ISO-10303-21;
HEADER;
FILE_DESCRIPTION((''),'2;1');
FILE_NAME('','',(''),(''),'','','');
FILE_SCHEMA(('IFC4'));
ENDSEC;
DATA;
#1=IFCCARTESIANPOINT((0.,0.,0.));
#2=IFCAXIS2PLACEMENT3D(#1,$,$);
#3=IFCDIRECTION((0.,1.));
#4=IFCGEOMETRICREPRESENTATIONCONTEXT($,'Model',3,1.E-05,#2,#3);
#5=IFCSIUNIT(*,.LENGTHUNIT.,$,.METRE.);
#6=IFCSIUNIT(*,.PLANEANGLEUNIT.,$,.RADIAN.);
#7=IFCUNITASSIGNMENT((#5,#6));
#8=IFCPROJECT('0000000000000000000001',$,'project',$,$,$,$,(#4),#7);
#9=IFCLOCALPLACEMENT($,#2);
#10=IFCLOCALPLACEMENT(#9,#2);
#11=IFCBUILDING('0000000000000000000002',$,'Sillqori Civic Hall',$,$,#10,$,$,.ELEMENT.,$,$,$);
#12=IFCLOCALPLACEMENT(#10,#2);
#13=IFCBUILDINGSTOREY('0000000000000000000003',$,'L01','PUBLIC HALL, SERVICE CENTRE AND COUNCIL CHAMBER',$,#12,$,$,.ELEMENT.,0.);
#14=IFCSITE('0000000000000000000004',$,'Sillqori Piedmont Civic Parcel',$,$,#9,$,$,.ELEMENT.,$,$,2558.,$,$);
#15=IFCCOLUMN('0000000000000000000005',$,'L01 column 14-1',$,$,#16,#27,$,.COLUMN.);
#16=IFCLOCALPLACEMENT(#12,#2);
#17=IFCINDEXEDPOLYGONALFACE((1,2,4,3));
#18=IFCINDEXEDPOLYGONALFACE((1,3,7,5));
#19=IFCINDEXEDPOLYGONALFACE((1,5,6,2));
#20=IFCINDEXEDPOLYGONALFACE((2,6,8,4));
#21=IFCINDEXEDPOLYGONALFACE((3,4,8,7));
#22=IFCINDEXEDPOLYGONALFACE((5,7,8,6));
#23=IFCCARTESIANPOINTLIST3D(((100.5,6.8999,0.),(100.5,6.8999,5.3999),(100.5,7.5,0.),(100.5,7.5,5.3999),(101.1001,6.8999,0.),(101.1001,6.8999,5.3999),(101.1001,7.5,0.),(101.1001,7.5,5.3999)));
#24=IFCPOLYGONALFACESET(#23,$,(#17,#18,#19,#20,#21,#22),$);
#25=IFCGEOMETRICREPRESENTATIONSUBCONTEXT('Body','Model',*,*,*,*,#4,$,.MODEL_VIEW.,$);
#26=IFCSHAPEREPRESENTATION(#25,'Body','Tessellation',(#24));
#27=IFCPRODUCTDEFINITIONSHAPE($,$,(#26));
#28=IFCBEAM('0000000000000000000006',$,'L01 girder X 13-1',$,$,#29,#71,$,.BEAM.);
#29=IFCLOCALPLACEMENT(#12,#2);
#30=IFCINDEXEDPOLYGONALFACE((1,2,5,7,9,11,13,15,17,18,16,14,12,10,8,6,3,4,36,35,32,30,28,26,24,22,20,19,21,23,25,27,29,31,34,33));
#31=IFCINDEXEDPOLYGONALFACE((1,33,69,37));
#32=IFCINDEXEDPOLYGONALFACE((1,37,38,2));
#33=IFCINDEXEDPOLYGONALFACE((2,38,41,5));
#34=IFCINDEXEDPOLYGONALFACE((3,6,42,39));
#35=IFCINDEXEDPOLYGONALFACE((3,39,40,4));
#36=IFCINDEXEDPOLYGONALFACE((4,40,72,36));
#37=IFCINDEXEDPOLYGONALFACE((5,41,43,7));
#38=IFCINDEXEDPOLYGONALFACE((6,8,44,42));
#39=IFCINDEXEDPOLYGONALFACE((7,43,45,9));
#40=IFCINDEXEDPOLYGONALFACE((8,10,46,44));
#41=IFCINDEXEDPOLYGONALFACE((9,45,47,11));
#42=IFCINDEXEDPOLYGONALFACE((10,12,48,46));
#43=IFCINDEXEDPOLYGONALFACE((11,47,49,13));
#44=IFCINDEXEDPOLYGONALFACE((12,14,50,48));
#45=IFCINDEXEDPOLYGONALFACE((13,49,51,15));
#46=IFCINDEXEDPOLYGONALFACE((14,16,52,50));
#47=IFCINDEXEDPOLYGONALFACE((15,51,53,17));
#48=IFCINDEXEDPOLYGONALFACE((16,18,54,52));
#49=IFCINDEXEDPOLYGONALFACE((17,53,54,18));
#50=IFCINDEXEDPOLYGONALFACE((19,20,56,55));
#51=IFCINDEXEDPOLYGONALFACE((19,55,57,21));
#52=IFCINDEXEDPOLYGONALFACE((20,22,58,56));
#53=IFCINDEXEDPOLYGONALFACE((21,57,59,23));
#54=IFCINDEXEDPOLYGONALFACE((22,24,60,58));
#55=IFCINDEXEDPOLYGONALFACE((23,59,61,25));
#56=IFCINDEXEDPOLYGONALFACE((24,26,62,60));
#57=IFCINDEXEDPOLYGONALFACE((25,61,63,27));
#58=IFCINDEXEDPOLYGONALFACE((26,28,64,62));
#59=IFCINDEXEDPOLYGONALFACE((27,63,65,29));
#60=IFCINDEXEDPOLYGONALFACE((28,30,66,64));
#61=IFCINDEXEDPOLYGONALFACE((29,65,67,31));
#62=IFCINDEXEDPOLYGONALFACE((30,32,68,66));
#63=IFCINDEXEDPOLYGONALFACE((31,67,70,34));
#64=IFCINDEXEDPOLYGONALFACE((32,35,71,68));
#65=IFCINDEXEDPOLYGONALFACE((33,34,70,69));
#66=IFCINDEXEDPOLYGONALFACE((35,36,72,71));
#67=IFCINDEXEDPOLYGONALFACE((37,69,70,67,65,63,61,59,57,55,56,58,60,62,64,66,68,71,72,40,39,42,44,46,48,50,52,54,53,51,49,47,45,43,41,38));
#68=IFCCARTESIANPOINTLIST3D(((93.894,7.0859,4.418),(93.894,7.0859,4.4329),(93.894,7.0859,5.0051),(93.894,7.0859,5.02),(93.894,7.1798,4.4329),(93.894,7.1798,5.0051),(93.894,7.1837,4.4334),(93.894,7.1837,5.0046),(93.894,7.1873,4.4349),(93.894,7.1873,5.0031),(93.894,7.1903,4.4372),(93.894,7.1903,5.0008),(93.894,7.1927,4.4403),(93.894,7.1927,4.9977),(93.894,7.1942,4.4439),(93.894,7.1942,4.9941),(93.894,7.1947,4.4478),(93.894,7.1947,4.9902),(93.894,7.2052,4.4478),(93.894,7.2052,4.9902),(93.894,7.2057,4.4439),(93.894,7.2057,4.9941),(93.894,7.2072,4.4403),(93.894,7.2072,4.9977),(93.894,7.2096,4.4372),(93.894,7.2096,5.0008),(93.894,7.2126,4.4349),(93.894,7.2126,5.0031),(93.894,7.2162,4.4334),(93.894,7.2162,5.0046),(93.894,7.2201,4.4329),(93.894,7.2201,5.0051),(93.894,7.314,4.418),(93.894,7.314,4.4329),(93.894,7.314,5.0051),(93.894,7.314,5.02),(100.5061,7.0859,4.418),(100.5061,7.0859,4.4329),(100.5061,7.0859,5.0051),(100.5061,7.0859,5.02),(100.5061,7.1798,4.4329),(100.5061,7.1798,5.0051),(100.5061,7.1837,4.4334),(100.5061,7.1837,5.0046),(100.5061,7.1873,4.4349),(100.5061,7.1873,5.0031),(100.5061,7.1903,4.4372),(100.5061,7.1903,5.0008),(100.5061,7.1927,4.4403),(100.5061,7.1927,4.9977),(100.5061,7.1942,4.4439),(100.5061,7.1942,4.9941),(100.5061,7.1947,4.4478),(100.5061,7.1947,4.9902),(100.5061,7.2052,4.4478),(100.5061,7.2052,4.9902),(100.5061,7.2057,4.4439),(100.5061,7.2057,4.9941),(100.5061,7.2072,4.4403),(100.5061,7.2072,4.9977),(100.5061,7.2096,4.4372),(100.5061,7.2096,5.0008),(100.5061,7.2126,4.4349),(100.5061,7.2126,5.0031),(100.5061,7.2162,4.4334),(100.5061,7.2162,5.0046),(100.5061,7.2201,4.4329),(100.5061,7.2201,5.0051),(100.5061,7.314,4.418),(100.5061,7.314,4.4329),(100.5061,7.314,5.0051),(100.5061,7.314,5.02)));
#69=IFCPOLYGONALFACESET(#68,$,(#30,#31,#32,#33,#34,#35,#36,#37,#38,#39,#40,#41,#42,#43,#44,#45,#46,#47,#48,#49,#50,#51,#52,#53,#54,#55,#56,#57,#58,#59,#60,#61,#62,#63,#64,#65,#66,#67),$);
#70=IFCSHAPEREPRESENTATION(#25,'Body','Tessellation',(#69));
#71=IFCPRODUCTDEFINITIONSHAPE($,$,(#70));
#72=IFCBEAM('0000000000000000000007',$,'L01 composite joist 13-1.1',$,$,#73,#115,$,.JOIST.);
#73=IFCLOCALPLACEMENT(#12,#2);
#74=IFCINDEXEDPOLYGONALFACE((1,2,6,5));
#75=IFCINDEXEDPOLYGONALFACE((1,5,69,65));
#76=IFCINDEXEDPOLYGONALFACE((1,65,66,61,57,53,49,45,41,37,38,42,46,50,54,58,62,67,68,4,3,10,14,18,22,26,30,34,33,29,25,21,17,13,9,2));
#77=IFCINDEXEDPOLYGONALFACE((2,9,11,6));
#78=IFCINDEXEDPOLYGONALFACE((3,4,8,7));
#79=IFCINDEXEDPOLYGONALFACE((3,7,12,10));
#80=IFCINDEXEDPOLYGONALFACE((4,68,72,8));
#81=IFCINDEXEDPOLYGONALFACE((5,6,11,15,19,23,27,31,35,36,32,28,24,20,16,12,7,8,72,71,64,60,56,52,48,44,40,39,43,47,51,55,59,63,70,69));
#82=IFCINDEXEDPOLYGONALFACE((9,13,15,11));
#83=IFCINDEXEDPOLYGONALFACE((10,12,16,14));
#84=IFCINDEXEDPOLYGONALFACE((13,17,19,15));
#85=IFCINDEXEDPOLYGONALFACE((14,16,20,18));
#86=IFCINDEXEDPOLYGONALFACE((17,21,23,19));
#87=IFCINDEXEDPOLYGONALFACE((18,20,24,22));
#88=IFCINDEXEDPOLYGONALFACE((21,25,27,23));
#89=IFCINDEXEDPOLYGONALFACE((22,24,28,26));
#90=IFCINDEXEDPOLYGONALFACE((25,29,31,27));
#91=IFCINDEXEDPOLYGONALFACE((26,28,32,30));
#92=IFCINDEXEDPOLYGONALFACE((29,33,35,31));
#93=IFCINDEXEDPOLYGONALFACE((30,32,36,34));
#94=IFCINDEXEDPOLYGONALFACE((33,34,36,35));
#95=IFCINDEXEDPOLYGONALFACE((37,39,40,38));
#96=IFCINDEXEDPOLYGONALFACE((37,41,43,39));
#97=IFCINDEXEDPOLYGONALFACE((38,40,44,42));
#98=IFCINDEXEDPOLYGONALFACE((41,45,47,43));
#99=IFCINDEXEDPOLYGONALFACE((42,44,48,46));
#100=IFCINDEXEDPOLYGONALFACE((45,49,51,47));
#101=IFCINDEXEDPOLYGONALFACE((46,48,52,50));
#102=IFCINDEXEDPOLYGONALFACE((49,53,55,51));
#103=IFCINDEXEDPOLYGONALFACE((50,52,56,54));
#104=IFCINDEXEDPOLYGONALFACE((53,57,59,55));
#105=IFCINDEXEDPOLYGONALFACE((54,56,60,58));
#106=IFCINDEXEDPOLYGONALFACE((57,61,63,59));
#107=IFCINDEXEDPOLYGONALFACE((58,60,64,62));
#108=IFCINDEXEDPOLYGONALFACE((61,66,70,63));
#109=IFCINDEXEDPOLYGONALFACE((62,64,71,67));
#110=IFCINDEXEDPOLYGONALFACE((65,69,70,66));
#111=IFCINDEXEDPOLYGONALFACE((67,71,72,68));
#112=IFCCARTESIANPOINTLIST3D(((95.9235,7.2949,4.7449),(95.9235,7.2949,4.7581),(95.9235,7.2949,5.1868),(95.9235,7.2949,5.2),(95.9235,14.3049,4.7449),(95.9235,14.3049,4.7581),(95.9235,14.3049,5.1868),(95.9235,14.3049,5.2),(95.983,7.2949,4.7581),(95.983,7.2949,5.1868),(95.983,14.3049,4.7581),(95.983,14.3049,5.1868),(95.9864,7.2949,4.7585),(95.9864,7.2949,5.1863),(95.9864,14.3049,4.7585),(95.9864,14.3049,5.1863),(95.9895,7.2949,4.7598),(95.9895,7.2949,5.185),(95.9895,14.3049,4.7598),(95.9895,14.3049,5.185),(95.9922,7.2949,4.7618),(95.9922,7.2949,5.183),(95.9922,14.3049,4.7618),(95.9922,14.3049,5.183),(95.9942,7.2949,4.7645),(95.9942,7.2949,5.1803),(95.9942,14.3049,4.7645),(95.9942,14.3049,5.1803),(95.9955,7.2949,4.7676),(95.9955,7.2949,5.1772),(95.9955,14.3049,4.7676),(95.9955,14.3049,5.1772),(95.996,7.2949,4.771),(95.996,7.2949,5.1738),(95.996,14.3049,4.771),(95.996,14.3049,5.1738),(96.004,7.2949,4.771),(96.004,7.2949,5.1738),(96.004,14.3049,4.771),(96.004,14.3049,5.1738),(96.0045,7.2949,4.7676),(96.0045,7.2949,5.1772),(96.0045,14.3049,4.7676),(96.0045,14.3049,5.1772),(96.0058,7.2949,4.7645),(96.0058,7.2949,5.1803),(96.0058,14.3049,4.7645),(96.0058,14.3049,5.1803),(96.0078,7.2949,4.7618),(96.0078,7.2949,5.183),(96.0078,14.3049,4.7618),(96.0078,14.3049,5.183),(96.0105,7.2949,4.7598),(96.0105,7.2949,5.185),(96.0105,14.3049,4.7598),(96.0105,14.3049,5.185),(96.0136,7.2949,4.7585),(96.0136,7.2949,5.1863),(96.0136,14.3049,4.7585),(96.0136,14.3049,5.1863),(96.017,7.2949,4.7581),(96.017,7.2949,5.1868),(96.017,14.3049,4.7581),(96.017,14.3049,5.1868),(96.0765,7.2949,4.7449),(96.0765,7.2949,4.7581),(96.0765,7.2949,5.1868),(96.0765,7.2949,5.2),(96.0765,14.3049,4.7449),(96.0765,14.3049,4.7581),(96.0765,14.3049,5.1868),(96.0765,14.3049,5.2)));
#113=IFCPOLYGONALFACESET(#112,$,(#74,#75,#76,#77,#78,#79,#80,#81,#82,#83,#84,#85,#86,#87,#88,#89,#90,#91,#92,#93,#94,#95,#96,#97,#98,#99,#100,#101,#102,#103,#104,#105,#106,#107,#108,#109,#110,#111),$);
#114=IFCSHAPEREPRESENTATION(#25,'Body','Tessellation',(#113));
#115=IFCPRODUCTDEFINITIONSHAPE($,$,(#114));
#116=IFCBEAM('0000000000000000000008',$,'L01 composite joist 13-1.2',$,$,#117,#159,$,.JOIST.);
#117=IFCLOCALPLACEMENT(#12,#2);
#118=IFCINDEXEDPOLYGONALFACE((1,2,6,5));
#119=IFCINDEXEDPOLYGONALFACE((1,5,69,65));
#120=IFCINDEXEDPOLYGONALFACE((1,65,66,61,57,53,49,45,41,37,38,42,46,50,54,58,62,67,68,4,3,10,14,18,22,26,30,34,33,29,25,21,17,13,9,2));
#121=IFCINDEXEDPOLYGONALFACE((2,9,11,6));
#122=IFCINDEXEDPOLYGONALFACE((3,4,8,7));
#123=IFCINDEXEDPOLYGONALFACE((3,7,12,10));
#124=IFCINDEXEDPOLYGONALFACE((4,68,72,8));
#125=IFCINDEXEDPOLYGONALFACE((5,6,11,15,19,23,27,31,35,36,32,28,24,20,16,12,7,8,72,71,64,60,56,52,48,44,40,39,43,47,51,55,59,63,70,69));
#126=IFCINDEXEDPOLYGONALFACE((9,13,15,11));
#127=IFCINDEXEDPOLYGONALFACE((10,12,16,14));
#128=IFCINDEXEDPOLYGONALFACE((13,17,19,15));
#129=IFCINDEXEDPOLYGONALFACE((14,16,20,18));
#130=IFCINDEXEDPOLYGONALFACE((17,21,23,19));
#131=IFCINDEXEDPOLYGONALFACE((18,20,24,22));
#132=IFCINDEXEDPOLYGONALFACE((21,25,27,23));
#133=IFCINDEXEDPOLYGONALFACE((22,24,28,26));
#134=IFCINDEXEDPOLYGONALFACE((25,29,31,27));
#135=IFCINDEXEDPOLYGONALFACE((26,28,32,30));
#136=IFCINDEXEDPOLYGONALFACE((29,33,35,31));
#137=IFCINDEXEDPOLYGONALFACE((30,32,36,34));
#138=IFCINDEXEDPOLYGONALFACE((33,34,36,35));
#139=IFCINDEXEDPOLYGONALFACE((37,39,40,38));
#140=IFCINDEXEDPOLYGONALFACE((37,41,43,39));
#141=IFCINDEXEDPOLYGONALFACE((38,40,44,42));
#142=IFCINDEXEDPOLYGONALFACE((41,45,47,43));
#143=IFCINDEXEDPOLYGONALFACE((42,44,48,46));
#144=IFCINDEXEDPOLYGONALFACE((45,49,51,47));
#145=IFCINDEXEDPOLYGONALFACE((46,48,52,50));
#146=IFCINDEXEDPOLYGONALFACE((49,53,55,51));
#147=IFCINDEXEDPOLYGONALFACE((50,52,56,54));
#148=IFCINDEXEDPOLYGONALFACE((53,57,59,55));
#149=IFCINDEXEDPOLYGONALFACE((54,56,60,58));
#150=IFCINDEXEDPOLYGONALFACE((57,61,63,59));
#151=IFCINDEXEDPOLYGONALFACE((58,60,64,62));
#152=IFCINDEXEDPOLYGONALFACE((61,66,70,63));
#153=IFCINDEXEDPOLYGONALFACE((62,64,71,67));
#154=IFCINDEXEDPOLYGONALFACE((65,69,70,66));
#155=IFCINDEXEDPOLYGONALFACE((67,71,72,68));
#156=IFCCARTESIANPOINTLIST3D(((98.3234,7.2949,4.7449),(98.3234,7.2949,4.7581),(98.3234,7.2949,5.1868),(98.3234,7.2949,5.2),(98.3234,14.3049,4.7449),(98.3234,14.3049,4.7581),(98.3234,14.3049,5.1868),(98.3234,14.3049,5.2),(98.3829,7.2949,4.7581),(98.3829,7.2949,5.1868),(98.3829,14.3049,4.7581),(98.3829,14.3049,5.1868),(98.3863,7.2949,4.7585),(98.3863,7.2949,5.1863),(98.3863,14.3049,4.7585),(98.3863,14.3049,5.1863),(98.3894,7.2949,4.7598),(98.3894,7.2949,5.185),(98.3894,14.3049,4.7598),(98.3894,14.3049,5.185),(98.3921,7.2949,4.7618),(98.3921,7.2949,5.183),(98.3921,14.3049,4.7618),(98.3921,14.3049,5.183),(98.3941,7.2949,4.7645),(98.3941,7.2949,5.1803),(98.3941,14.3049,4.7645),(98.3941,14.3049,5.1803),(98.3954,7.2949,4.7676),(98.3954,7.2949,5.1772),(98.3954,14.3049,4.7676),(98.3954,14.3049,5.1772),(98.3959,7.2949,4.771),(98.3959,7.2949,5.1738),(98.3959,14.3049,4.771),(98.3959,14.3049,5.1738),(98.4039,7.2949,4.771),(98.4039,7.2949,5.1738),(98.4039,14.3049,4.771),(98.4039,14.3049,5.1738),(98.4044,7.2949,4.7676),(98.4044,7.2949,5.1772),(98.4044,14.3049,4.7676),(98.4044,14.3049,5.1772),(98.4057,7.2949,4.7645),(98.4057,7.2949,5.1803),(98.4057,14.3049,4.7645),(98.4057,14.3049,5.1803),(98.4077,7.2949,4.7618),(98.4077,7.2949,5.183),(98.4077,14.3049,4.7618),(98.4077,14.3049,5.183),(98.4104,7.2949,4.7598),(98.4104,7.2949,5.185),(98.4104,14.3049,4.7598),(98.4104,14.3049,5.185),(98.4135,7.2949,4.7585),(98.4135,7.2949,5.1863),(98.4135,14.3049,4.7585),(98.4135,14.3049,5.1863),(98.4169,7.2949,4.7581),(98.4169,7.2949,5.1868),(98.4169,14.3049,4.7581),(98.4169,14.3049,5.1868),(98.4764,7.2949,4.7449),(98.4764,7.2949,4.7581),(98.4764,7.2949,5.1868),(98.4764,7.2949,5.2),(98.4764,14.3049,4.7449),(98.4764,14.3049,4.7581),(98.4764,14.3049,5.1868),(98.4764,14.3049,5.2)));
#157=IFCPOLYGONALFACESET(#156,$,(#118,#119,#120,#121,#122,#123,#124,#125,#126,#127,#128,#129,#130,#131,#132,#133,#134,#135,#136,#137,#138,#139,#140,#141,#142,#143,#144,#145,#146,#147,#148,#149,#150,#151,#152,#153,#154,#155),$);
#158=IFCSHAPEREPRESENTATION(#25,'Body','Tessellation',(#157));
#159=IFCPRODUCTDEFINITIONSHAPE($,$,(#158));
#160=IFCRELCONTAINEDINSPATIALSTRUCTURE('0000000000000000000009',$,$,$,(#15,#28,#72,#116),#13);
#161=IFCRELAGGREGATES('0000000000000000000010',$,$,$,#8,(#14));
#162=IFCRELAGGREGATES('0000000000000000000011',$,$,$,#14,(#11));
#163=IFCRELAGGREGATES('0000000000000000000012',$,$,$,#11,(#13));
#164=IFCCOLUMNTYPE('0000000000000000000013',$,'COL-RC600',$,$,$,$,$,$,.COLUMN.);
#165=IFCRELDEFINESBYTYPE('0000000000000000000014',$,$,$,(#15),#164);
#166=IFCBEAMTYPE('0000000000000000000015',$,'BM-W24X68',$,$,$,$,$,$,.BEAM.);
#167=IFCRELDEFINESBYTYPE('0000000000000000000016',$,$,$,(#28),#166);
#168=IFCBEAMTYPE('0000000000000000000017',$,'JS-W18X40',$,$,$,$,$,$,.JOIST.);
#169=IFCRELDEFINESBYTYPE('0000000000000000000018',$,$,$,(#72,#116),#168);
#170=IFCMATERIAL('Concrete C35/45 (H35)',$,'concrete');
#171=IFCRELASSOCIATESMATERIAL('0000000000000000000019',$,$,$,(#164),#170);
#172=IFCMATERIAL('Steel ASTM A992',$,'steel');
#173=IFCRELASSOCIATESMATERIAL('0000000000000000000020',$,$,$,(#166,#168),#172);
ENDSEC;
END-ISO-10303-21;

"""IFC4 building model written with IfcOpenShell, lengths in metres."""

from ifc_helpers import new_model, si_unit, direction, frame, origin, origin_2d, place, context, subcontext, project, spatial, rectangle, i_section, extrude, material, material_profile, profile_set, type_object, element, save


model = new_model("IFC4")

# Units and contexts
model_context = context("Model", 3, precision=1e-05, world=origin(), true_north=direction((0.0, 1.0)))
body_context = subcontext(model_context, "Body", "Model", "MODEL_VIEW")
ifc_project = project(units=[si_unit("LENGTHUNIT", "METRE"), si_unit("PLANEANGLEUNIT", "RADIAN")], contexts=[model_context])

# Site, building, storey
site_placement = place(None, origin())
site = spatial("IfcSite", under=ifc_project, at=site_placement, Name="Sillqori Piedmont Civic Parcel", CompositionType="ELEMENT", RefElevation=2558.0)
building_placement = place(site_placement, origin())
building = spatial("IfcBuilding", under=site, at=building_placement, Name="Sillqori Civic Hall", CompositionType="ELEMENT")
storey_placement = place(building_placement, origin())
storey = spatial("IfcBuildingStorey", under=building, at=storey_placement, Name="L01", Description="PUBLIC HALL, SERVICE CENTRE AND COUNCIL CHAMBER", CompositionType="ELEMENT", Elevation=0.0)

# Column
ifc_material_1 = material(Name="Concrete C35/45 (H35)", Category="concrete")
ifc_material_profile_1 = material_profile(ifc_material_1, rectangle(XDim=0.6001, YDim=0.6001, at=origin_2d()), Name="RC 600x600")
ifc_profile_set_1 = profile_set([ifc_material_profile_1], Name="Concrete C35/45 (H35)")
column_type = type_object("IfcColumnType", Name="COL-RC600", PredefinedType="COLUMN", material=ifc_profile_set_1)
column_placement = place(storey_placement, frame((100.8, 7.2, 0.0), z_axis=(0.0, 0.0, 1.0), x_axis=(1.0, 0.0, 0.0)))
element("IfcColumn", 1, at=column_placement, inside=storey, type_object=column_type, Name="L01 column 14-1", PredefinedType="COLUMN", context=body_context, shape_type="SweptSolid", body=[
    extrude(rectangle(XDim=0.6001, YDim=0.6001, at=origin_2d()), origin(), (0.0, 0.0, 1.0), 5.3999),
])

# Beam
ifc_material_2 = material(Name="Steel ASTM A992", Category="steel")
ifc_material_profile_2 = material_profile(ifc_material_2, i_section(OverallWidth=0.228, OverallDepth=0.6021, WebThickness=0.0105, FlangeThickness=0.0149, FilletRadius=0.0149, at=origin_2d()), Name="W24X68")
ifc_profile_set_2 = profile_set([ifc_material_profile_2], Name="Steel ASTM A992")
beam_type_1 = type_object("IfcBeamType", Name="BM-W24X68", PredefinedType="BEAM", material=ifc_profile_set_2)
beam_1_placement = place(storey_placement, frame((93.894, 7.2, 4.719), z_axis=(1.0, 0.0, 0.0), x_axis=(0.0, 1.0, 0.0)))
element("IfcBeam", 2, at=beam_1_placement, inside=storey, type_object=beam_type_1, Name="L01 girder X 13-1", PredefinedType="BEAM", context=body_context, shape_type="SweptSolid", body=[
    extrude(i_section(OverallWidth=0.228, OverallDepth=0.6021, WebThickness=0.0105, FlangeThickness=0.0149, FilletRadius=0.0149, at=origin_2d()), origin(), (0.0, 0.0, 1.0), 6.6121),
])

# Beams
ifc_material_profile_3 = material_profile(ifc_material_2, i_section(OverallWidth=0.1531, OverallDepth=0.4551, WebThickness=0.0081, FlangeThickness=0.0132, FilletRadius=0.0129, at=origin_2d()), Name="W18X40")
ifc_profile_set_3 = profile_set([ifc_material_profile_3], Name="Steel ASTM A992")
beam_type_2 = type_object("IfcBeamType", Name="JS-W18X40", PredefinedType="JOIST", material=ifc_profile_set_3)
for number, where, z_axis, x_axis, name in (
    (3, (96.0, 7.2949, 4.9724), (0.0, 1.0, 0.0), (-1.0, 0.0, 0.0), "L01 composite joist 13-1.1"),
    (4, (98.3999, 7.2949, 4.9724), (0.0, 1.0, 0.0), (-1.0, 0.0, 0.0), "L01 composite joist 13-1.2"),
):
    element("IfcBeam", number, at=place(storey_placement, frame(where, z_axis=z_axis, x_axis=x_axis)), inside=storey, type_object=beam_type_2, Name=name, PredefinedType="JOIST", context=body_context, shape_type="SweptSolid", body=[
        extrude(i_section(OverallWidth=0.1531, OverallDepth=0.4551, WebThickness=0.0081, FlangeThickness=0.0132, FilletRadius=0.0129, at=origin_2d()), origin(), (0.0, 0.0, 1.0), 7.01),
    ])

save(model, "model.ifc")
